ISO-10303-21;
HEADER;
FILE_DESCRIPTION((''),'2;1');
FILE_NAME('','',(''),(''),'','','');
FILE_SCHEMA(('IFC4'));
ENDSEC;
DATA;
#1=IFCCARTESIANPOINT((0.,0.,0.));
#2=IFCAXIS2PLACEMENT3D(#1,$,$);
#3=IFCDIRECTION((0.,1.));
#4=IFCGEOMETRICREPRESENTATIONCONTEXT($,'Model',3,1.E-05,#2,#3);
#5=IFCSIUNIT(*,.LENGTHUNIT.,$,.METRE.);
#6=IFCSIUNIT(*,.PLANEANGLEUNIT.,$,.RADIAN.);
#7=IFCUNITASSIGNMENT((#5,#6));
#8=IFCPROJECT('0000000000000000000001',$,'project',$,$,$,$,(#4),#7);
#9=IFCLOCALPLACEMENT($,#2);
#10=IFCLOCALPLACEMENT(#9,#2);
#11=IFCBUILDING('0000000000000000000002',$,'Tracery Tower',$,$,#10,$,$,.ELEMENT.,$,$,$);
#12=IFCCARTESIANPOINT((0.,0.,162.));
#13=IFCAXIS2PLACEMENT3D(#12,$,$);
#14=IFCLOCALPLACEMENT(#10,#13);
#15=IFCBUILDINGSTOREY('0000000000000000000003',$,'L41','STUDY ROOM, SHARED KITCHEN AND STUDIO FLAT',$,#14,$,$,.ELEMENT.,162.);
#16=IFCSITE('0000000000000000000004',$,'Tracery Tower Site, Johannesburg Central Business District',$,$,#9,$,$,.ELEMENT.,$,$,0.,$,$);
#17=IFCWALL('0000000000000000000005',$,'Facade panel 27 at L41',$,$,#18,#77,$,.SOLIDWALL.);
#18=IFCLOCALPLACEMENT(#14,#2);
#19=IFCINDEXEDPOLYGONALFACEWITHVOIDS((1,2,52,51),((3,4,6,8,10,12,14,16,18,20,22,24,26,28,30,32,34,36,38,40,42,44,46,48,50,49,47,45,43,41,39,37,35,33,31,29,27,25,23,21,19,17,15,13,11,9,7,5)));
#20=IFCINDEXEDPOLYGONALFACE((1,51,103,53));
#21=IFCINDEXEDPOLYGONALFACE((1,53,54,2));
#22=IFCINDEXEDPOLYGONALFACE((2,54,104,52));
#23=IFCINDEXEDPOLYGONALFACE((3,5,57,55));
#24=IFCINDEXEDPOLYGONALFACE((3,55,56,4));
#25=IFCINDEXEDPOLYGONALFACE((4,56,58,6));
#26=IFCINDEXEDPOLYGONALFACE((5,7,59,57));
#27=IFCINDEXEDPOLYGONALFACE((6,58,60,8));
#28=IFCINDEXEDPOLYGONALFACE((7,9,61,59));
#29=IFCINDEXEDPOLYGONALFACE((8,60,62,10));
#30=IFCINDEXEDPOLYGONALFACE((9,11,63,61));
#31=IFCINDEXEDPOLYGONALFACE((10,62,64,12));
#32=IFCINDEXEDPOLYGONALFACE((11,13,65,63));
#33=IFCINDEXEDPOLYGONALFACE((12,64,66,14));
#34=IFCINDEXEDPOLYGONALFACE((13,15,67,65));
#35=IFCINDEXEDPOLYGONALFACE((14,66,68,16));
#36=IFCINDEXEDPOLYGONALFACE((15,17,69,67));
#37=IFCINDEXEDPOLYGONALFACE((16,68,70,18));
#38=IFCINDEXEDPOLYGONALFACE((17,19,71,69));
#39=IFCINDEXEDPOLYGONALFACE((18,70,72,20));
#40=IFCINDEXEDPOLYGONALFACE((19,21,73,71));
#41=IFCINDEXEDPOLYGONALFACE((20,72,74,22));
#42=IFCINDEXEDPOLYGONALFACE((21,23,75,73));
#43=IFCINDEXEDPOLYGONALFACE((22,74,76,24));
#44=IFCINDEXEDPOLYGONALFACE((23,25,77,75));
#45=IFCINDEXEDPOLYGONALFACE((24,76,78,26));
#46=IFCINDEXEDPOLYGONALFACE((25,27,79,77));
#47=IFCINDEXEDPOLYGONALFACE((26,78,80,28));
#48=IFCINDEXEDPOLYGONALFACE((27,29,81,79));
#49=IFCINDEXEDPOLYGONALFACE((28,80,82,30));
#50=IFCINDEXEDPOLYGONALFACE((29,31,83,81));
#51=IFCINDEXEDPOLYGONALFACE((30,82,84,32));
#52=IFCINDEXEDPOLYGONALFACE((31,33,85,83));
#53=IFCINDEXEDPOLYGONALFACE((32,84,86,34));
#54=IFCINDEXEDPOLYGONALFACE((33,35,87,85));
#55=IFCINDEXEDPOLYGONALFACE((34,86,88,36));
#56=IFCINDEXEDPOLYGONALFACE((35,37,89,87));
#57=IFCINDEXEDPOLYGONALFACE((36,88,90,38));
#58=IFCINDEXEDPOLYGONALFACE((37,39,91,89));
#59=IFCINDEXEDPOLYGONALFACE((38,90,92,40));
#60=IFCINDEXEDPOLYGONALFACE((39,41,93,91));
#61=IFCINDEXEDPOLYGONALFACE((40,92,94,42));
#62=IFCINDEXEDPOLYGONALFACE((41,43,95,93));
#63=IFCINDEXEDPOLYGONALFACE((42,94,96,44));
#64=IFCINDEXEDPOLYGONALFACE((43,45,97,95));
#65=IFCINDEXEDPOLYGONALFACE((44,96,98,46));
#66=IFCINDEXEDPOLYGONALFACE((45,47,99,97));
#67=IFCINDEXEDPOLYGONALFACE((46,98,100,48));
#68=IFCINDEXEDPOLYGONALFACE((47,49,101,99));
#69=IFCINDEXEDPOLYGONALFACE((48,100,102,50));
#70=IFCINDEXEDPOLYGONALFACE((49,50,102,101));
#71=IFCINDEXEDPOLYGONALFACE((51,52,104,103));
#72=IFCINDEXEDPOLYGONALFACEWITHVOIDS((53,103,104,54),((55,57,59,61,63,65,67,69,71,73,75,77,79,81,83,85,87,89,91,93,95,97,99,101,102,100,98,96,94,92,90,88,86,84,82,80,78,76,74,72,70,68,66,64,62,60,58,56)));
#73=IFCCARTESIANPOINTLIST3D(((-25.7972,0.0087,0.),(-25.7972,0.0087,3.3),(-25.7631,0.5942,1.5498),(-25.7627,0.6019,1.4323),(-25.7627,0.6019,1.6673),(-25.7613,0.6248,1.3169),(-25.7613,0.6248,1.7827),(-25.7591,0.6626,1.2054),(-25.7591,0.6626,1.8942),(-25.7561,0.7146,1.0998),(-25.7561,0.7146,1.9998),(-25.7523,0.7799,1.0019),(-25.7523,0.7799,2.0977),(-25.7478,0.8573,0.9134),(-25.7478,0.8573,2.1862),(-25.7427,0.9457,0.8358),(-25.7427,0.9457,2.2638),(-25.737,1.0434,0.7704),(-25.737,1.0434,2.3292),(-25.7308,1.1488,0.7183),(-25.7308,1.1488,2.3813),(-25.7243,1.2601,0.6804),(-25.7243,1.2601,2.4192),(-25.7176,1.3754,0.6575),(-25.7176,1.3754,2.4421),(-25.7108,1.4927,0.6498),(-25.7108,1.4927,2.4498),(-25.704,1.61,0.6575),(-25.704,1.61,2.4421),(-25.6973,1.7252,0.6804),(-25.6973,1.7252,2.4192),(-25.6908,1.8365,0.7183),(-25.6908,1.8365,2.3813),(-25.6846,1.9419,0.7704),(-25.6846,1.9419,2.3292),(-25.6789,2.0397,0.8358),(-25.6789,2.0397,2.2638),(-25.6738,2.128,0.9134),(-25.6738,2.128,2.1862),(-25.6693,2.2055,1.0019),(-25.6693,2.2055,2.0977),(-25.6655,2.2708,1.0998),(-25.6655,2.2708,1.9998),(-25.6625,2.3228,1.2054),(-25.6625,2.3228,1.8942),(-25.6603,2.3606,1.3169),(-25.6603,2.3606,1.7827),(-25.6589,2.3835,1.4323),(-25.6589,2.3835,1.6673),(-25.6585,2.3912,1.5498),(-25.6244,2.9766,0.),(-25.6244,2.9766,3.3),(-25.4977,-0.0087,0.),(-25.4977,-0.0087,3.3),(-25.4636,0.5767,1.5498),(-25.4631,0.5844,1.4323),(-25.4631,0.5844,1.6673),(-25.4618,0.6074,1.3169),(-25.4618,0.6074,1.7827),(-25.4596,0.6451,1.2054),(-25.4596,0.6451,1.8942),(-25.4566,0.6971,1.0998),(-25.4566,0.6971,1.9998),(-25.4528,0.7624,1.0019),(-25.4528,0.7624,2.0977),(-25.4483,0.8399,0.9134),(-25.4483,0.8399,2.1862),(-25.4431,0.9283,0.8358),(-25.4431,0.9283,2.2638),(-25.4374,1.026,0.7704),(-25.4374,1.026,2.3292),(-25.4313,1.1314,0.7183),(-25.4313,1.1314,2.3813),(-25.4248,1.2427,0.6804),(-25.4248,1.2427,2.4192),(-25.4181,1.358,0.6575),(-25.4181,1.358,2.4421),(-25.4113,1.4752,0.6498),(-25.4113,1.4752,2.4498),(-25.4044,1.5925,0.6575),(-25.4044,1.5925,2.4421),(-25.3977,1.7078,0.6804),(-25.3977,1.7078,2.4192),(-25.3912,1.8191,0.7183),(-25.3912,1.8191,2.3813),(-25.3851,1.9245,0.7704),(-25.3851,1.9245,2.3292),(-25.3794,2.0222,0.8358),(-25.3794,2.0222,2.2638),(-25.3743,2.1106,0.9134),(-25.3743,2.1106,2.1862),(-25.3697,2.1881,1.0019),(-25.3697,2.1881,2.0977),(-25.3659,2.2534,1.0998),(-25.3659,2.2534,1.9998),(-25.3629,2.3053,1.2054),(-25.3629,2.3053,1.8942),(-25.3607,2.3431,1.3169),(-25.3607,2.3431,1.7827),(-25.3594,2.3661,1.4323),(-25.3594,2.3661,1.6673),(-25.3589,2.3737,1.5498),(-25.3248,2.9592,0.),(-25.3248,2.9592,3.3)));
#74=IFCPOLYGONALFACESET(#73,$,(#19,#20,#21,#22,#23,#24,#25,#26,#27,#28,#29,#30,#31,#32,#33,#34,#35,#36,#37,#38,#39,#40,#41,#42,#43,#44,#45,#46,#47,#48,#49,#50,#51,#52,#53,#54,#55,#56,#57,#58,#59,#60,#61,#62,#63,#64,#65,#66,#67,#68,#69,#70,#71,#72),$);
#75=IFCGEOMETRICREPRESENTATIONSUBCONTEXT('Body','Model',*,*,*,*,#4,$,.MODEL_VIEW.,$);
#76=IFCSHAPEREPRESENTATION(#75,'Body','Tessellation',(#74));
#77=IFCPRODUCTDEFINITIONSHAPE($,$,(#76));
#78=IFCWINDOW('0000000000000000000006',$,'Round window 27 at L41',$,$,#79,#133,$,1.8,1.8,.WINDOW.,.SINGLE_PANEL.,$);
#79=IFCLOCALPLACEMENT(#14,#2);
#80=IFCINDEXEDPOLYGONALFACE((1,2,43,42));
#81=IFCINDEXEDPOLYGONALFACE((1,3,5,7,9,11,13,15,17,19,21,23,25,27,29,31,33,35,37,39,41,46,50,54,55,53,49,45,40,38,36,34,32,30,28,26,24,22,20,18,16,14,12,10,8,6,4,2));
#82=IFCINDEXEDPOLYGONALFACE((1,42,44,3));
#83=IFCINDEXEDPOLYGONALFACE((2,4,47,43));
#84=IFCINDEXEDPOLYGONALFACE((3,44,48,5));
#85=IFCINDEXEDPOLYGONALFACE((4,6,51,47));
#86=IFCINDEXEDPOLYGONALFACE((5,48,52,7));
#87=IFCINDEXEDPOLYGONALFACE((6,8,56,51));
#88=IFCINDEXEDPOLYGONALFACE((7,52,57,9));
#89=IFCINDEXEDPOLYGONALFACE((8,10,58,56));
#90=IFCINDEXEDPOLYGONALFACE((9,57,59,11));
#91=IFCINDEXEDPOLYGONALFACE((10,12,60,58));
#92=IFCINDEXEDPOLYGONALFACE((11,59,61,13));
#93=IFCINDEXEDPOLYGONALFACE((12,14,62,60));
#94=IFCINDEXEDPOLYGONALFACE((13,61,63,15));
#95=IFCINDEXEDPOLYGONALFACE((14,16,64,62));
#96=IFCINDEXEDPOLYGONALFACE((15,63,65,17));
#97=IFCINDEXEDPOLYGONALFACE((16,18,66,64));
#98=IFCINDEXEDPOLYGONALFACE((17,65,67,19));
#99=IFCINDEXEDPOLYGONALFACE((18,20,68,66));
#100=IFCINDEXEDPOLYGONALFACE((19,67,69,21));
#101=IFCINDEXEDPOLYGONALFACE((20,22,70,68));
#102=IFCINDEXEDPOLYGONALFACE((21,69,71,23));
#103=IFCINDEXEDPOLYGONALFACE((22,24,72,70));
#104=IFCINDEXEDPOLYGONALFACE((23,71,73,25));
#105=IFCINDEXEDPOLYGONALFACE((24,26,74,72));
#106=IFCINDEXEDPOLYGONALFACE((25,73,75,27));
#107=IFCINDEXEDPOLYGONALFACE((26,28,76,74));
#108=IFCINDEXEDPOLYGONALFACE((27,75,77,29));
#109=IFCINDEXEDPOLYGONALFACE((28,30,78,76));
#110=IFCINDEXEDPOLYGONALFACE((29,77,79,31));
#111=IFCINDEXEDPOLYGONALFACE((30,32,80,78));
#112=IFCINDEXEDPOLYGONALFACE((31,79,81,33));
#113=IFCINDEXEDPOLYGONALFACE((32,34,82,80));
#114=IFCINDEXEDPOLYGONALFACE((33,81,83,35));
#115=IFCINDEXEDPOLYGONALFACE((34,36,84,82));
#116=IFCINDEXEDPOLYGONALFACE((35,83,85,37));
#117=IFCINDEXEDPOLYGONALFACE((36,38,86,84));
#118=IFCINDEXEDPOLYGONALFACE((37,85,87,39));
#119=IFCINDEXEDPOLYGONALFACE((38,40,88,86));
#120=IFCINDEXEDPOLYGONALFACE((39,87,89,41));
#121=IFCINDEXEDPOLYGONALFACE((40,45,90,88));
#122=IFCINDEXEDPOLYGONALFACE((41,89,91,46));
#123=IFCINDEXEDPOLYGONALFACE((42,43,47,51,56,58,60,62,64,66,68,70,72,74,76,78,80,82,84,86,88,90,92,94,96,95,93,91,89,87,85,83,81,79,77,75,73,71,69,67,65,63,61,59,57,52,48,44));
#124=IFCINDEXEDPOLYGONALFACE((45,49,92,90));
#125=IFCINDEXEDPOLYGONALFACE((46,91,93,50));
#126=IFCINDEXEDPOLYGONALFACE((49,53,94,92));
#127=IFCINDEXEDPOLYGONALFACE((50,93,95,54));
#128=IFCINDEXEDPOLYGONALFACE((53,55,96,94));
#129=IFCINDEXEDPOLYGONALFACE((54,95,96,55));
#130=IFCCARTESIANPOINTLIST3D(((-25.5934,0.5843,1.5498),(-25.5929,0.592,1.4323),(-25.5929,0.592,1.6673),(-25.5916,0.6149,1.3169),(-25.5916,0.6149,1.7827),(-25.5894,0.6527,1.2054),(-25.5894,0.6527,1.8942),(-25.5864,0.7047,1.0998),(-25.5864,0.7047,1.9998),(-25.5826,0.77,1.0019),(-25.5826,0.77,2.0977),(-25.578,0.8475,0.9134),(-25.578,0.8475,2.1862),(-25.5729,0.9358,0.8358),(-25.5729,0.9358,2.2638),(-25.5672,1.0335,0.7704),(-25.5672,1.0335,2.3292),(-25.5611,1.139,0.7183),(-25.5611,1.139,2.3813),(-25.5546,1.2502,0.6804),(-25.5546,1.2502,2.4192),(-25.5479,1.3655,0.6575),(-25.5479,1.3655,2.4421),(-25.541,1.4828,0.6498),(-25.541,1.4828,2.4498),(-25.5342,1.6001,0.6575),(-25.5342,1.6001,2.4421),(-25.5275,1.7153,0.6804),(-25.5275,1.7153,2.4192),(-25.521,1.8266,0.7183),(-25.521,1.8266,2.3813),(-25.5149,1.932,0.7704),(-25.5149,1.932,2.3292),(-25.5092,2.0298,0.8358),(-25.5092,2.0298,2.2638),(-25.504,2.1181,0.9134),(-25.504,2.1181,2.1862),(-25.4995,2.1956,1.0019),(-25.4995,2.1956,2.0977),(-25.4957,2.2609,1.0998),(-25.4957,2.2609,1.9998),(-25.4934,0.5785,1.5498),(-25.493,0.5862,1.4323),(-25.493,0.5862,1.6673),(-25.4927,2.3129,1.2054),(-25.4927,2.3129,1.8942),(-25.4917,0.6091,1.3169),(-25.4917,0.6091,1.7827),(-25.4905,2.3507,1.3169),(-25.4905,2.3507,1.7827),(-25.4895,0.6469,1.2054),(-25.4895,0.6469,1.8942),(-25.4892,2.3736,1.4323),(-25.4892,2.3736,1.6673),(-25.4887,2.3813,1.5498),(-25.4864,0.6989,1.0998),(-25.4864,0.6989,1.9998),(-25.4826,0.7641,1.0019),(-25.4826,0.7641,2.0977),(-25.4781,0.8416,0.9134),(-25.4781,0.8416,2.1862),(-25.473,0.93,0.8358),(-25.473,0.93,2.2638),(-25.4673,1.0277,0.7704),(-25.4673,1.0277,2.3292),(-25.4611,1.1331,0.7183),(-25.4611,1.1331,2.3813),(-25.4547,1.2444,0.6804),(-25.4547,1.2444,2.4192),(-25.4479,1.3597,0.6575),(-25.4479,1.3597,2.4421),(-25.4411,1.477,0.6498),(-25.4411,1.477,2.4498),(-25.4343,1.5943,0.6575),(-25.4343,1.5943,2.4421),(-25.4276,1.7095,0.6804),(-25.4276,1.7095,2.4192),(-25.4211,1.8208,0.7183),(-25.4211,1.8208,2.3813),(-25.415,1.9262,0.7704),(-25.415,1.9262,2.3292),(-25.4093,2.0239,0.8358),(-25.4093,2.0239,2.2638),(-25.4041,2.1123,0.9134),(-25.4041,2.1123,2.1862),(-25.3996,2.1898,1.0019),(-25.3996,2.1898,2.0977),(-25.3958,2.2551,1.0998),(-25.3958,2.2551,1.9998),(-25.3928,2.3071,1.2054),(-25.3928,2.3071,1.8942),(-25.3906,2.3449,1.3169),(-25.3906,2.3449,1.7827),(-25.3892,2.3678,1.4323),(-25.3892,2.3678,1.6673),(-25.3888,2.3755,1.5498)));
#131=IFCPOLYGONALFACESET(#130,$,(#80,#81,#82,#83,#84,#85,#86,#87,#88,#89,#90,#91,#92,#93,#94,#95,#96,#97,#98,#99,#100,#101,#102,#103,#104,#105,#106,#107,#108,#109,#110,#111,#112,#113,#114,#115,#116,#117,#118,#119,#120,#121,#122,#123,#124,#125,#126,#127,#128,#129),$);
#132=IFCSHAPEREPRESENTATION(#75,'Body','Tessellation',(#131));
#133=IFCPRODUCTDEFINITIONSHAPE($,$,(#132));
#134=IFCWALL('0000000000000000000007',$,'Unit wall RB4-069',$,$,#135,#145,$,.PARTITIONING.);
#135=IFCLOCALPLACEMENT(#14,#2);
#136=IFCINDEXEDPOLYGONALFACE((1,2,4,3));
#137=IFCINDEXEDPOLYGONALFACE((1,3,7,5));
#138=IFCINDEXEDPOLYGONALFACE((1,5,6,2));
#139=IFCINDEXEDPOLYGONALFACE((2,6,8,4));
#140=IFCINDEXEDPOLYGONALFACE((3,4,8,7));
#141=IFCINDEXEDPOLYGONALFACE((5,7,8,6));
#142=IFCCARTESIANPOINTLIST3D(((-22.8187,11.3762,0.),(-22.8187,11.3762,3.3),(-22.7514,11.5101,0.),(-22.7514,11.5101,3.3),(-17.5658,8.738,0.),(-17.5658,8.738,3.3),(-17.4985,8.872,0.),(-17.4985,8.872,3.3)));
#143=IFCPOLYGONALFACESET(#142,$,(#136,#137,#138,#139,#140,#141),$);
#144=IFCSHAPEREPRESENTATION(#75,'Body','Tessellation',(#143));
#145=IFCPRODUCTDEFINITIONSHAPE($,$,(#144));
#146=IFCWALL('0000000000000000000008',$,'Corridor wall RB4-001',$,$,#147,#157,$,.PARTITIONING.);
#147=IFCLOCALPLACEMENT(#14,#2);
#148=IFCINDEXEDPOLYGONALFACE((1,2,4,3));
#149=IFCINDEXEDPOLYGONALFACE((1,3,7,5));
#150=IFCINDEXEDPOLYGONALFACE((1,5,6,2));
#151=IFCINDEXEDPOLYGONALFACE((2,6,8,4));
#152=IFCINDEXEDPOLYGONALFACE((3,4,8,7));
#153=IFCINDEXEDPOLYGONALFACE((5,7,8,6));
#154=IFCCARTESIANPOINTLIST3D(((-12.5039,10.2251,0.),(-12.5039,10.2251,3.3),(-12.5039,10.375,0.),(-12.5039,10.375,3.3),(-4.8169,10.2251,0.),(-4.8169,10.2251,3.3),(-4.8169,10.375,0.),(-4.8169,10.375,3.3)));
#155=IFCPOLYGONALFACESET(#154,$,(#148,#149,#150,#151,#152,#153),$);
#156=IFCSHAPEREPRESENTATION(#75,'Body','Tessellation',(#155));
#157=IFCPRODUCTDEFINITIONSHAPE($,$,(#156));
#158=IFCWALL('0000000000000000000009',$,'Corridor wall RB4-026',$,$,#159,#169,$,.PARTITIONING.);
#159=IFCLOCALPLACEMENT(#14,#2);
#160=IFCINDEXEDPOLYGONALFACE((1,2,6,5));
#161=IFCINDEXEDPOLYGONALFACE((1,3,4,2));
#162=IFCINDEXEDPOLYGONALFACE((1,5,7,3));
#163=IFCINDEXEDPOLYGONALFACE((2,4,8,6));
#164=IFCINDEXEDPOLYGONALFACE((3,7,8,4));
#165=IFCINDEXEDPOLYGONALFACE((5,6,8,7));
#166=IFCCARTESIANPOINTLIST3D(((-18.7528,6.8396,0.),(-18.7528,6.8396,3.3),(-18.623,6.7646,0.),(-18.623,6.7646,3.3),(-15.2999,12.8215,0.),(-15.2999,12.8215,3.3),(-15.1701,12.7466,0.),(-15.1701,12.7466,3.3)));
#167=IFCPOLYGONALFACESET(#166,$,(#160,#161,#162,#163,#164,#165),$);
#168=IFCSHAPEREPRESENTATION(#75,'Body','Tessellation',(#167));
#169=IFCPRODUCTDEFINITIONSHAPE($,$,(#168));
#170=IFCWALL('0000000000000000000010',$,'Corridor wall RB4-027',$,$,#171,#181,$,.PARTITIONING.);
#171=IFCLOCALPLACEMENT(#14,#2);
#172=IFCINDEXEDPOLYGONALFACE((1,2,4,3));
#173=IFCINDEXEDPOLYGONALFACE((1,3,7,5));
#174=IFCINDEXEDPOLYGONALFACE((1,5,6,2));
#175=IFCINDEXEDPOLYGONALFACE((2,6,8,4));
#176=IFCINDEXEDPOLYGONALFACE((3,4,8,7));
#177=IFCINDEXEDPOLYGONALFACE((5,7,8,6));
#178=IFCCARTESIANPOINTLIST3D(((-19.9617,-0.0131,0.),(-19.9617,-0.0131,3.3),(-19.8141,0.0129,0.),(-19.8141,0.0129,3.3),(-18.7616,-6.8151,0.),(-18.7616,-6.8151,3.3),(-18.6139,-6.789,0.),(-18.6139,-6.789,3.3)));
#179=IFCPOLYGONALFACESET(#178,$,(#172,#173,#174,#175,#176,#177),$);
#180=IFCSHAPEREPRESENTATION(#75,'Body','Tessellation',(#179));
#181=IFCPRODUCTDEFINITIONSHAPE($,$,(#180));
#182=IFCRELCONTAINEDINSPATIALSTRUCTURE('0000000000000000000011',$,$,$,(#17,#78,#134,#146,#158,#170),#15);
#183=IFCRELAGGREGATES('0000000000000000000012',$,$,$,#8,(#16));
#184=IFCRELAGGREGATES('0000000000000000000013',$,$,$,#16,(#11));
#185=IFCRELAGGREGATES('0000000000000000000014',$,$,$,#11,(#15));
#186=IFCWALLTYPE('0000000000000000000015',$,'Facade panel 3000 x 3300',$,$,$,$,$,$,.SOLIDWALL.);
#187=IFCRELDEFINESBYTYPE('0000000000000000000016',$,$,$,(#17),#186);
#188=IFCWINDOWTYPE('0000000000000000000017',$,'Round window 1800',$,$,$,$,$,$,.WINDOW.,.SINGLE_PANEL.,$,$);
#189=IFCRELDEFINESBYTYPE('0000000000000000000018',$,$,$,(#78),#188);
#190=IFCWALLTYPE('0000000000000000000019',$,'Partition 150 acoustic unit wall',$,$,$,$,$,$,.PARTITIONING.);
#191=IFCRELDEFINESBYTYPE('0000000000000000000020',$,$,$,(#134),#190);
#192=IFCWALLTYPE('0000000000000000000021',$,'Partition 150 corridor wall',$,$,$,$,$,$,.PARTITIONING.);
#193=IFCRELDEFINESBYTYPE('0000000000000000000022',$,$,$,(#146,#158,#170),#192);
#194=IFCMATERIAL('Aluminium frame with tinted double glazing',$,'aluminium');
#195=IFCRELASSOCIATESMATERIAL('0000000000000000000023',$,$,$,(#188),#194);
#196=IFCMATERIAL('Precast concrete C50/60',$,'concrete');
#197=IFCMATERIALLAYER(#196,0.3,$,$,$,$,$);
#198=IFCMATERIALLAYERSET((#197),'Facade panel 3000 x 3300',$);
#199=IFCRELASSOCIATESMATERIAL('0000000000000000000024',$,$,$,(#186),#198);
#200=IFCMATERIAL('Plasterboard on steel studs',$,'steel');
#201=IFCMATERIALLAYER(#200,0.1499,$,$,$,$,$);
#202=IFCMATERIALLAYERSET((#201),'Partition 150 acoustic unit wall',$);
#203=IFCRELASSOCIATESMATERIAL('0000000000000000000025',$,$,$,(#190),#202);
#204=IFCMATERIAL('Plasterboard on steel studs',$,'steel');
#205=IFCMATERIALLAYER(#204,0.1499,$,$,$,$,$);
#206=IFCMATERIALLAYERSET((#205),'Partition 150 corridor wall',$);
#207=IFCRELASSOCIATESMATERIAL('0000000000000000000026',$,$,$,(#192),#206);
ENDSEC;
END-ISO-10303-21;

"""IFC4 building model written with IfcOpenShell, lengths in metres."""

from ifc_helpers import new_model, si_unit, direction, frame, frame_2d, origin, origin_2d, place, context, subcontext, project, spatial, rectangle, circle, extrude, material, layer, layer_set, type_object, element, fill, save


model = new_model("IFC4")

# Units and contexts
model_context = context("Model", 3, precision=1e-05, world=origin(), true_north=direction((0.0, 1.0)))
body_context = subcontext(model_context, "Body", "Model", "MODEL_VIEW")
ifc_project = project(units=[si_unit("LENGTHUNIT", "METRE"), si_unit("PLANEANGLEUNIT", "RADIAN")], contexts=[model_context])

# Site, building, storey
site_placement = place(None, origin())
site = spatial("IfcSite", under=ifc_project, at=site_placement, Name="Tracery Tower Site, Johannesburg Central Business District", CompositionType="ELEMENT", RefElevation=0.0)
building_placement = place(site_placement, origin())
building = spatial("IfcBuilding", under=site, at=building_placement, Name="Tracery Tower", CompositionType="ELEMENT")
storey_placement = place(building_placement, frame((0.0, 0.0, 162.0)))
storey = spatial("IfcBuildingStorey", under=building, at=storey_placement, Name="L41", Description="STUDY ROOM, SHARED KITCHEN AND STUDIO FLAT", CompositionType="ELEMENT", Elevation=162.0)

# Wall, opening, window
ifc_material_1 = material(Name="Aluminium frame with tinted double glazing", Category="aluminium")
window_type = type_object("IfcWindowType", Name="Round window 1800", PartitioningType="SINGLE_PANEL", PredefinedType="WINDOW", material=ifc_material_1)
ifc_material_2 = material(Name="Precast concrete C50/60", Category="concrete")
ifc_layer_1 = layer(ifc_material_2, 0.3)
ifc_layer_set_1 = layer_set([ifc_layer_1], Name="Facade panel 3000 x 3300")
wall_type_1 = type_object("IfcWallType", Name="Facade panel 3000 x 3300", PredefinedType="SOLIDWALL", material=ifc_layer_set_1)
wall_1_placement = place(storey_placement, frame((-25.4746, 2.9678, 0.0), z_axis=(0.0, 0.0, 1.0), x_axis=(-0.058144, -0.998308, 0.0)))
wall_1 = element("IfcWall", 1, at=wall_1_placement, inside=storey, type_object=wall_type_1, Name="Facade panel 27 at L41", PredefinedType="SOLIDWALL", context=body_context, shape_type="SweptSolid", body=[
    extrude(rectangle(XDim=2.9729, YDim=0.3, at=frame_2d((1.4863, 0.0))), origin(), (0.0, 0.0, 1.0), 3.3),
])
opening_1_placement = place(wall_1_placement, frame((1.4863, 0.0, 1.5498)))
opening_1 = element("IfcOpeningElement", 2, at=opening_1_placement, cuts=wall_1, PredefinedType="OPENING", context=body_context, shape_type="SweptSolid", body=[
    extrude(circle(Radius=0.9, at=origin_2d()), frame((0.0, 0.1599, 0.0), z_axis=(0.0, -1.0, 0.0), x_axis=(1.0, 0.0, 0.0)), (0.0, 0.0, 1.0), 0.3201),
])
window_1_placement = place(opening_1_placement, origin())
window_1 = element("IfcWindow", 3, at=window_1_placement, inside=storey, type_object=window_type, Name="Round window 27 at L41", OverallHeight=1.8, OverallWidth=1.8, PartitioningType="SINGLE_PANEL", PredefinedType="WINDOW", context=body_context, shape_type="SweptSolid", body=[
    extrude(circle(Radius=0.9, at=origin_2d()), frame((0.0, 0.1201, 0.0), z_axis=(0.0, -1.0, 0.0), x_axis=(1.0, 0.0, 0.0)), (0.0, 0.0, 1.0), 0.1001),
])
fill(opening_1, window_1)

# Walls
ifc_material_3 = material(Name="Plasterboard on steel studs", Category="steel")
ifc_layer_2 = layer(ifc_material_3, 0.1499)
ifc_layer_set_2 = layer_set([ifc_layer_2], Name="Partition 150 acoustic unit wall")
wall_type_2 = type_object("IfcWallType", Name="Partition 150 acoustic unit wall", PredefinedType="PARTITIONING", material=ifc_layer_set_2)
wall_2_placement = place(storey_placement, frame((-22.7849, 11.4431, 0.0), z_axis=(0.0, 0.0, 1.0), x_axis=(0.893628, -0.448808, 0.0)))
element("IfcWall", 4, at=wall_2_placement, inside=storey, type_object=wall_type_2, Name="Unit wall RB4-069", PredefinedType="PARTITIONING", context=body_context, shape_type="SweptSolid", body=[
    extrude(rectangle(XDim=5.8782, YDim=0.1499, at=frame_2d((2.939, 0.0))), origin(), (0.0, 0.0, 1.0), 3.3),
])
ifc_material_4 = material(Name="Plasterboard on steel studs", Category="steel")
ifc_layer_3 = layer(ifc_material_4, 0.1499)
ifc_layer_set_3 = layer_set([ifc_layer_3], Name="Partition 150 corridor wall")
wall_type_3 = type_object("IfcWallType", Name="Partition 150 corridor wall", PredefinedType="PARTITIONING", material=ifc_layer_set_3)
wall_3_placement = place(storey_placement, frame((-12.5039, 10.3, 0.0), z_axis=(0.0, 0.0, 1.0), x_axis=(1.0, 0.0, 0.0)))
element("IfcWall", 5, at=wall_3_placement, inside=storey, type_object=wall_type_3, Name="Corridor wall RB4-001", PredefinedType="PARTITIONING", context=body_context, shape_type="SweptSolid", body=[
    extrude(rectangle(XDim=7.687, YDim=0.1499, at=frame_2d((3.8435, 0.0))), origin(), (0.0, 0.0, 1.0), 3.3),
])
for number, where, z_axis, x_axis, name in (
    (6, (-18.688, 6.802, 0.0), (0.0, 0.0, 1.0), (0.499914, 0.866075, 0.0), "Corridor wall RB4-026"),
    (7, (-19.8879, 0.0, 0.0), (0.0, 0.0, 1.0), (0.173763, -0.984787, 0.0), "Corridor wall RB4-027"),
):
    element("IfcWall", number, at=place(storey_placement, frame(where, z_axis=z_axis, x_axis=x_axis)), inside=storey, type_object=wall_type_3, Name=name, PredefinedType="PARTITIONING", context=body_context, shape_type="SweptSolid", body=[
        extrude(rectangle(XDim=6.907, YDim=0.1499, at=frame_2d((3.4536, 0.0))), origin(), (0.0, 0.0, 1.0), 3.3),
    ])

save(model, "model.ifc")
